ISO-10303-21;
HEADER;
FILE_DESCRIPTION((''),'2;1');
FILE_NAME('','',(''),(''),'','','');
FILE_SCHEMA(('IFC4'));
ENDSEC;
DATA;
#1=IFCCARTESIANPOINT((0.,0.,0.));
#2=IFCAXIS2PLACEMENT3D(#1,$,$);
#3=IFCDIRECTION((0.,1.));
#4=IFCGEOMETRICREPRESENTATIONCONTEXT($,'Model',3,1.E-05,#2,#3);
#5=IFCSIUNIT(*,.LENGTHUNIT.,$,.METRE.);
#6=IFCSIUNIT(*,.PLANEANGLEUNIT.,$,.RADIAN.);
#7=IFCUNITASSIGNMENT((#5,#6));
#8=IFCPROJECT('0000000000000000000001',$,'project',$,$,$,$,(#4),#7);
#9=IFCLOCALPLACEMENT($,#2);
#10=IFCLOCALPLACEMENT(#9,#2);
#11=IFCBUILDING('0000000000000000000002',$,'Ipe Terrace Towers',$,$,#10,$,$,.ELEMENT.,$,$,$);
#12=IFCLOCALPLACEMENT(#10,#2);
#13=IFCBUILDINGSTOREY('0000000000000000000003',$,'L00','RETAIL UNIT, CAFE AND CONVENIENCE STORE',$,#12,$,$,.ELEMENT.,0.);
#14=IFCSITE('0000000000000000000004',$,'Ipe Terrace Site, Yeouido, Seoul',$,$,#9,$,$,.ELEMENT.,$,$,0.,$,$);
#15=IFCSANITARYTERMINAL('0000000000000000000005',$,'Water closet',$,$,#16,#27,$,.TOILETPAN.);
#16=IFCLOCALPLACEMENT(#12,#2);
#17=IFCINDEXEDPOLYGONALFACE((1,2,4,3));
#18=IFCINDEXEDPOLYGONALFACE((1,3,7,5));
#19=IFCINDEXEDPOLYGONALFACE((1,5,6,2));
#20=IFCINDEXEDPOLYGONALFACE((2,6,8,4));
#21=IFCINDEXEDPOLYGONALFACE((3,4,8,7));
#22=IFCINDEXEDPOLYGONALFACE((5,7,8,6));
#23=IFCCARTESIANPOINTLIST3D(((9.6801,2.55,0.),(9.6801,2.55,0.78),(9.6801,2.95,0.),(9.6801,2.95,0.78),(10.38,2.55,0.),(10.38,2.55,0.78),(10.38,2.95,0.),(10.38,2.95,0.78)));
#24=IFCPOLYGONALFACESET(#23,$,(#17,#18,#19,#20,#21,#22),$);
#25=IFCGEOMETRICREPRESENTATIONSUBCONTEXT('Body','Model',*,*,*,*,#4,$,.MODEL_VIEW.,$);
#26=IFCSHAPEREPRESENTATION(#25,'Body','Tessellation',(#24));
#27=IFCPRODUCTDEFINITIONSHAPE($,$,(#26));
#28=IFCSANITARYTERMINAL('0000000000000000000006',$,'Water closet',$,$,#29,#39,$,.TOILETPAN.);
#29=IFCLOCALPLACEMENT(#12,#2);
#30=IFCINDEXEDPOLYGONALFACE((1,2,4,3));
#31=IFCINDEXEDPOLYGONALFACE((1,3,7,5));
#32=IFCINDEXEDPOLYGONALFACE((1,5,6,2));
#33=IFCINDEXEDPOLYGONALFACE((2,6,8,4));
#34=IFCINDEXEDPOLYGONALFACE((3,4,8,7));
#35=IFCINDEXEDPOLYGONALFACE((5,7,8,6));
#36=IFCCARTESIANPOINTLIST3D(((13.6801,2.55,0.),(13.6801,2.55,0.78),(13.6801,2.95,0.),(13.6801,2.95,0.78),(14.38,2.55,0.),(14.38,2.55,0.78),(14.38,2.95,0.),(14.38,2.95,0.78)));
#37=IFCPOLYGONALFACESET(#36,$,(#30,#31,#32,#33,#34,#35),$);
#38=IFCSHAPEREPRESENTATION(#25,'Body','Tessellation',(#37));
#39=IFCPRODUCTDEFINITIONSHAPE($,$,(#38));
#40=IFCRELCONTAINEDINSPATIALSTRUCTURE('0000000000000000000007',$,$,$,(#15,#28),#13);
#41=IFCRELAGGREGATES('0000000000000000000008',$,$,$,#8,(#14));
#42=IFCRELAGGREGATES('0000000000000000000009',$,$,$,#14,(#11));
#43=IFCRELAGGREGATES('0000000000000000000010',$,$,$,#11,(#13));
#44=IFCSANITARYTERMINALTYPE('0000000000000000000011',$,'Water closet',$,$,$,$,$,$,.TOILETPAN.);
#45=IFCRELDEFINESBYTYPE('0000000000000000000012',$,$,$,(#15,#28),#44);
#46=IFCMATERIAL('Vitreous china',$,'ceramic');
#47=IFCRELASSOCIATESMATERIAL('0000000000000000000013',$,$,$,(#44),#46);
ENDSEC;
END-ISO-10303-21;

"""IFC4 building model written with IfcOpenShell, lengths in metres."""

from ifc_helpers import new_model, si_unit, direction, frame, origin, origin_2d, place, context, subcontext, project, spatial, rectangle, extrude, material, type_object, element, save


model = new_model("IFC4")

# Units and contexts
model_context = context("Model", 3, precision=1e-05, world=origin(), true_north=direction((0.0, 1.0)))
body_context = subcontext(model_context, "Body", "Model", "MODEL_VIEW")
ifc_project = project(units=[si_unit("LENGTHUNIT", "METRE"), si_unit("PLANEANGLEUNIT", "RADIAN")], contexts=[model_context])

# Site, building, storey
site_placement = place(None, origin())
site = spatial("IfcSite", under=ifc_project, at=site_placement, Name="Ipe Terrace Site, Yeouido, Seoul", CompositionType="ELEMENT", RefElevation=0.0)
building_placement = place(site_placement, origin())
building = spatial("IfcBuilding", under=site, at=building_placement, Name="Ipe Terrace Towers", CompositionType="ELEMENT")
storey_placement = place(building_placement, origin())
storey = spatial("IfcBuildingStorey", under=building, at=storey_placement, Name="L00", Description="RETAIL UNIT, CAFE AND CONVENIENCE STORE", CompositionType="ELEMENT", Elevation=0.0)

# Sanitary terminals
ifc_material_1 = material(Name="Vitreous china", Category="ceramic")
sanitary_terminal_type_1 = type_object("IfcSanitaryTerminalType", Name="Water closet", PredefinedType="TOILETPAN", material=ifc_material_1)
for number, where, z_axis, x_axis, name in (
    (1, (10.03, 2.75, 0.0), (0.0, 0.0, 1.0), (1.0, 0.0, 0.0), "Water closet"),
    (2, (14.03, 2.75, 0.0), (0.0, 0.0, 1.0), (1.0, 0.0, 0.0), "Water closet"),
):
    element("IfcSanitaryTerminal", number, at=place(storey_placement, frame(where, z_axis=z_axis, x_axis=x_axis)), inside=storey, type_object=sanitary_terminal_type_1, Name=name, PredefinedType="TOILETPAN", context=body_context, shape_type="SweptSolid", body=[
        extrude(rectangle(XDim=0.7, YDim=0.3999, at=origin_2d()), origin(), (0.0, 0.0, 1.0), 0.78),
    ])

save(model, "model.ifc")
